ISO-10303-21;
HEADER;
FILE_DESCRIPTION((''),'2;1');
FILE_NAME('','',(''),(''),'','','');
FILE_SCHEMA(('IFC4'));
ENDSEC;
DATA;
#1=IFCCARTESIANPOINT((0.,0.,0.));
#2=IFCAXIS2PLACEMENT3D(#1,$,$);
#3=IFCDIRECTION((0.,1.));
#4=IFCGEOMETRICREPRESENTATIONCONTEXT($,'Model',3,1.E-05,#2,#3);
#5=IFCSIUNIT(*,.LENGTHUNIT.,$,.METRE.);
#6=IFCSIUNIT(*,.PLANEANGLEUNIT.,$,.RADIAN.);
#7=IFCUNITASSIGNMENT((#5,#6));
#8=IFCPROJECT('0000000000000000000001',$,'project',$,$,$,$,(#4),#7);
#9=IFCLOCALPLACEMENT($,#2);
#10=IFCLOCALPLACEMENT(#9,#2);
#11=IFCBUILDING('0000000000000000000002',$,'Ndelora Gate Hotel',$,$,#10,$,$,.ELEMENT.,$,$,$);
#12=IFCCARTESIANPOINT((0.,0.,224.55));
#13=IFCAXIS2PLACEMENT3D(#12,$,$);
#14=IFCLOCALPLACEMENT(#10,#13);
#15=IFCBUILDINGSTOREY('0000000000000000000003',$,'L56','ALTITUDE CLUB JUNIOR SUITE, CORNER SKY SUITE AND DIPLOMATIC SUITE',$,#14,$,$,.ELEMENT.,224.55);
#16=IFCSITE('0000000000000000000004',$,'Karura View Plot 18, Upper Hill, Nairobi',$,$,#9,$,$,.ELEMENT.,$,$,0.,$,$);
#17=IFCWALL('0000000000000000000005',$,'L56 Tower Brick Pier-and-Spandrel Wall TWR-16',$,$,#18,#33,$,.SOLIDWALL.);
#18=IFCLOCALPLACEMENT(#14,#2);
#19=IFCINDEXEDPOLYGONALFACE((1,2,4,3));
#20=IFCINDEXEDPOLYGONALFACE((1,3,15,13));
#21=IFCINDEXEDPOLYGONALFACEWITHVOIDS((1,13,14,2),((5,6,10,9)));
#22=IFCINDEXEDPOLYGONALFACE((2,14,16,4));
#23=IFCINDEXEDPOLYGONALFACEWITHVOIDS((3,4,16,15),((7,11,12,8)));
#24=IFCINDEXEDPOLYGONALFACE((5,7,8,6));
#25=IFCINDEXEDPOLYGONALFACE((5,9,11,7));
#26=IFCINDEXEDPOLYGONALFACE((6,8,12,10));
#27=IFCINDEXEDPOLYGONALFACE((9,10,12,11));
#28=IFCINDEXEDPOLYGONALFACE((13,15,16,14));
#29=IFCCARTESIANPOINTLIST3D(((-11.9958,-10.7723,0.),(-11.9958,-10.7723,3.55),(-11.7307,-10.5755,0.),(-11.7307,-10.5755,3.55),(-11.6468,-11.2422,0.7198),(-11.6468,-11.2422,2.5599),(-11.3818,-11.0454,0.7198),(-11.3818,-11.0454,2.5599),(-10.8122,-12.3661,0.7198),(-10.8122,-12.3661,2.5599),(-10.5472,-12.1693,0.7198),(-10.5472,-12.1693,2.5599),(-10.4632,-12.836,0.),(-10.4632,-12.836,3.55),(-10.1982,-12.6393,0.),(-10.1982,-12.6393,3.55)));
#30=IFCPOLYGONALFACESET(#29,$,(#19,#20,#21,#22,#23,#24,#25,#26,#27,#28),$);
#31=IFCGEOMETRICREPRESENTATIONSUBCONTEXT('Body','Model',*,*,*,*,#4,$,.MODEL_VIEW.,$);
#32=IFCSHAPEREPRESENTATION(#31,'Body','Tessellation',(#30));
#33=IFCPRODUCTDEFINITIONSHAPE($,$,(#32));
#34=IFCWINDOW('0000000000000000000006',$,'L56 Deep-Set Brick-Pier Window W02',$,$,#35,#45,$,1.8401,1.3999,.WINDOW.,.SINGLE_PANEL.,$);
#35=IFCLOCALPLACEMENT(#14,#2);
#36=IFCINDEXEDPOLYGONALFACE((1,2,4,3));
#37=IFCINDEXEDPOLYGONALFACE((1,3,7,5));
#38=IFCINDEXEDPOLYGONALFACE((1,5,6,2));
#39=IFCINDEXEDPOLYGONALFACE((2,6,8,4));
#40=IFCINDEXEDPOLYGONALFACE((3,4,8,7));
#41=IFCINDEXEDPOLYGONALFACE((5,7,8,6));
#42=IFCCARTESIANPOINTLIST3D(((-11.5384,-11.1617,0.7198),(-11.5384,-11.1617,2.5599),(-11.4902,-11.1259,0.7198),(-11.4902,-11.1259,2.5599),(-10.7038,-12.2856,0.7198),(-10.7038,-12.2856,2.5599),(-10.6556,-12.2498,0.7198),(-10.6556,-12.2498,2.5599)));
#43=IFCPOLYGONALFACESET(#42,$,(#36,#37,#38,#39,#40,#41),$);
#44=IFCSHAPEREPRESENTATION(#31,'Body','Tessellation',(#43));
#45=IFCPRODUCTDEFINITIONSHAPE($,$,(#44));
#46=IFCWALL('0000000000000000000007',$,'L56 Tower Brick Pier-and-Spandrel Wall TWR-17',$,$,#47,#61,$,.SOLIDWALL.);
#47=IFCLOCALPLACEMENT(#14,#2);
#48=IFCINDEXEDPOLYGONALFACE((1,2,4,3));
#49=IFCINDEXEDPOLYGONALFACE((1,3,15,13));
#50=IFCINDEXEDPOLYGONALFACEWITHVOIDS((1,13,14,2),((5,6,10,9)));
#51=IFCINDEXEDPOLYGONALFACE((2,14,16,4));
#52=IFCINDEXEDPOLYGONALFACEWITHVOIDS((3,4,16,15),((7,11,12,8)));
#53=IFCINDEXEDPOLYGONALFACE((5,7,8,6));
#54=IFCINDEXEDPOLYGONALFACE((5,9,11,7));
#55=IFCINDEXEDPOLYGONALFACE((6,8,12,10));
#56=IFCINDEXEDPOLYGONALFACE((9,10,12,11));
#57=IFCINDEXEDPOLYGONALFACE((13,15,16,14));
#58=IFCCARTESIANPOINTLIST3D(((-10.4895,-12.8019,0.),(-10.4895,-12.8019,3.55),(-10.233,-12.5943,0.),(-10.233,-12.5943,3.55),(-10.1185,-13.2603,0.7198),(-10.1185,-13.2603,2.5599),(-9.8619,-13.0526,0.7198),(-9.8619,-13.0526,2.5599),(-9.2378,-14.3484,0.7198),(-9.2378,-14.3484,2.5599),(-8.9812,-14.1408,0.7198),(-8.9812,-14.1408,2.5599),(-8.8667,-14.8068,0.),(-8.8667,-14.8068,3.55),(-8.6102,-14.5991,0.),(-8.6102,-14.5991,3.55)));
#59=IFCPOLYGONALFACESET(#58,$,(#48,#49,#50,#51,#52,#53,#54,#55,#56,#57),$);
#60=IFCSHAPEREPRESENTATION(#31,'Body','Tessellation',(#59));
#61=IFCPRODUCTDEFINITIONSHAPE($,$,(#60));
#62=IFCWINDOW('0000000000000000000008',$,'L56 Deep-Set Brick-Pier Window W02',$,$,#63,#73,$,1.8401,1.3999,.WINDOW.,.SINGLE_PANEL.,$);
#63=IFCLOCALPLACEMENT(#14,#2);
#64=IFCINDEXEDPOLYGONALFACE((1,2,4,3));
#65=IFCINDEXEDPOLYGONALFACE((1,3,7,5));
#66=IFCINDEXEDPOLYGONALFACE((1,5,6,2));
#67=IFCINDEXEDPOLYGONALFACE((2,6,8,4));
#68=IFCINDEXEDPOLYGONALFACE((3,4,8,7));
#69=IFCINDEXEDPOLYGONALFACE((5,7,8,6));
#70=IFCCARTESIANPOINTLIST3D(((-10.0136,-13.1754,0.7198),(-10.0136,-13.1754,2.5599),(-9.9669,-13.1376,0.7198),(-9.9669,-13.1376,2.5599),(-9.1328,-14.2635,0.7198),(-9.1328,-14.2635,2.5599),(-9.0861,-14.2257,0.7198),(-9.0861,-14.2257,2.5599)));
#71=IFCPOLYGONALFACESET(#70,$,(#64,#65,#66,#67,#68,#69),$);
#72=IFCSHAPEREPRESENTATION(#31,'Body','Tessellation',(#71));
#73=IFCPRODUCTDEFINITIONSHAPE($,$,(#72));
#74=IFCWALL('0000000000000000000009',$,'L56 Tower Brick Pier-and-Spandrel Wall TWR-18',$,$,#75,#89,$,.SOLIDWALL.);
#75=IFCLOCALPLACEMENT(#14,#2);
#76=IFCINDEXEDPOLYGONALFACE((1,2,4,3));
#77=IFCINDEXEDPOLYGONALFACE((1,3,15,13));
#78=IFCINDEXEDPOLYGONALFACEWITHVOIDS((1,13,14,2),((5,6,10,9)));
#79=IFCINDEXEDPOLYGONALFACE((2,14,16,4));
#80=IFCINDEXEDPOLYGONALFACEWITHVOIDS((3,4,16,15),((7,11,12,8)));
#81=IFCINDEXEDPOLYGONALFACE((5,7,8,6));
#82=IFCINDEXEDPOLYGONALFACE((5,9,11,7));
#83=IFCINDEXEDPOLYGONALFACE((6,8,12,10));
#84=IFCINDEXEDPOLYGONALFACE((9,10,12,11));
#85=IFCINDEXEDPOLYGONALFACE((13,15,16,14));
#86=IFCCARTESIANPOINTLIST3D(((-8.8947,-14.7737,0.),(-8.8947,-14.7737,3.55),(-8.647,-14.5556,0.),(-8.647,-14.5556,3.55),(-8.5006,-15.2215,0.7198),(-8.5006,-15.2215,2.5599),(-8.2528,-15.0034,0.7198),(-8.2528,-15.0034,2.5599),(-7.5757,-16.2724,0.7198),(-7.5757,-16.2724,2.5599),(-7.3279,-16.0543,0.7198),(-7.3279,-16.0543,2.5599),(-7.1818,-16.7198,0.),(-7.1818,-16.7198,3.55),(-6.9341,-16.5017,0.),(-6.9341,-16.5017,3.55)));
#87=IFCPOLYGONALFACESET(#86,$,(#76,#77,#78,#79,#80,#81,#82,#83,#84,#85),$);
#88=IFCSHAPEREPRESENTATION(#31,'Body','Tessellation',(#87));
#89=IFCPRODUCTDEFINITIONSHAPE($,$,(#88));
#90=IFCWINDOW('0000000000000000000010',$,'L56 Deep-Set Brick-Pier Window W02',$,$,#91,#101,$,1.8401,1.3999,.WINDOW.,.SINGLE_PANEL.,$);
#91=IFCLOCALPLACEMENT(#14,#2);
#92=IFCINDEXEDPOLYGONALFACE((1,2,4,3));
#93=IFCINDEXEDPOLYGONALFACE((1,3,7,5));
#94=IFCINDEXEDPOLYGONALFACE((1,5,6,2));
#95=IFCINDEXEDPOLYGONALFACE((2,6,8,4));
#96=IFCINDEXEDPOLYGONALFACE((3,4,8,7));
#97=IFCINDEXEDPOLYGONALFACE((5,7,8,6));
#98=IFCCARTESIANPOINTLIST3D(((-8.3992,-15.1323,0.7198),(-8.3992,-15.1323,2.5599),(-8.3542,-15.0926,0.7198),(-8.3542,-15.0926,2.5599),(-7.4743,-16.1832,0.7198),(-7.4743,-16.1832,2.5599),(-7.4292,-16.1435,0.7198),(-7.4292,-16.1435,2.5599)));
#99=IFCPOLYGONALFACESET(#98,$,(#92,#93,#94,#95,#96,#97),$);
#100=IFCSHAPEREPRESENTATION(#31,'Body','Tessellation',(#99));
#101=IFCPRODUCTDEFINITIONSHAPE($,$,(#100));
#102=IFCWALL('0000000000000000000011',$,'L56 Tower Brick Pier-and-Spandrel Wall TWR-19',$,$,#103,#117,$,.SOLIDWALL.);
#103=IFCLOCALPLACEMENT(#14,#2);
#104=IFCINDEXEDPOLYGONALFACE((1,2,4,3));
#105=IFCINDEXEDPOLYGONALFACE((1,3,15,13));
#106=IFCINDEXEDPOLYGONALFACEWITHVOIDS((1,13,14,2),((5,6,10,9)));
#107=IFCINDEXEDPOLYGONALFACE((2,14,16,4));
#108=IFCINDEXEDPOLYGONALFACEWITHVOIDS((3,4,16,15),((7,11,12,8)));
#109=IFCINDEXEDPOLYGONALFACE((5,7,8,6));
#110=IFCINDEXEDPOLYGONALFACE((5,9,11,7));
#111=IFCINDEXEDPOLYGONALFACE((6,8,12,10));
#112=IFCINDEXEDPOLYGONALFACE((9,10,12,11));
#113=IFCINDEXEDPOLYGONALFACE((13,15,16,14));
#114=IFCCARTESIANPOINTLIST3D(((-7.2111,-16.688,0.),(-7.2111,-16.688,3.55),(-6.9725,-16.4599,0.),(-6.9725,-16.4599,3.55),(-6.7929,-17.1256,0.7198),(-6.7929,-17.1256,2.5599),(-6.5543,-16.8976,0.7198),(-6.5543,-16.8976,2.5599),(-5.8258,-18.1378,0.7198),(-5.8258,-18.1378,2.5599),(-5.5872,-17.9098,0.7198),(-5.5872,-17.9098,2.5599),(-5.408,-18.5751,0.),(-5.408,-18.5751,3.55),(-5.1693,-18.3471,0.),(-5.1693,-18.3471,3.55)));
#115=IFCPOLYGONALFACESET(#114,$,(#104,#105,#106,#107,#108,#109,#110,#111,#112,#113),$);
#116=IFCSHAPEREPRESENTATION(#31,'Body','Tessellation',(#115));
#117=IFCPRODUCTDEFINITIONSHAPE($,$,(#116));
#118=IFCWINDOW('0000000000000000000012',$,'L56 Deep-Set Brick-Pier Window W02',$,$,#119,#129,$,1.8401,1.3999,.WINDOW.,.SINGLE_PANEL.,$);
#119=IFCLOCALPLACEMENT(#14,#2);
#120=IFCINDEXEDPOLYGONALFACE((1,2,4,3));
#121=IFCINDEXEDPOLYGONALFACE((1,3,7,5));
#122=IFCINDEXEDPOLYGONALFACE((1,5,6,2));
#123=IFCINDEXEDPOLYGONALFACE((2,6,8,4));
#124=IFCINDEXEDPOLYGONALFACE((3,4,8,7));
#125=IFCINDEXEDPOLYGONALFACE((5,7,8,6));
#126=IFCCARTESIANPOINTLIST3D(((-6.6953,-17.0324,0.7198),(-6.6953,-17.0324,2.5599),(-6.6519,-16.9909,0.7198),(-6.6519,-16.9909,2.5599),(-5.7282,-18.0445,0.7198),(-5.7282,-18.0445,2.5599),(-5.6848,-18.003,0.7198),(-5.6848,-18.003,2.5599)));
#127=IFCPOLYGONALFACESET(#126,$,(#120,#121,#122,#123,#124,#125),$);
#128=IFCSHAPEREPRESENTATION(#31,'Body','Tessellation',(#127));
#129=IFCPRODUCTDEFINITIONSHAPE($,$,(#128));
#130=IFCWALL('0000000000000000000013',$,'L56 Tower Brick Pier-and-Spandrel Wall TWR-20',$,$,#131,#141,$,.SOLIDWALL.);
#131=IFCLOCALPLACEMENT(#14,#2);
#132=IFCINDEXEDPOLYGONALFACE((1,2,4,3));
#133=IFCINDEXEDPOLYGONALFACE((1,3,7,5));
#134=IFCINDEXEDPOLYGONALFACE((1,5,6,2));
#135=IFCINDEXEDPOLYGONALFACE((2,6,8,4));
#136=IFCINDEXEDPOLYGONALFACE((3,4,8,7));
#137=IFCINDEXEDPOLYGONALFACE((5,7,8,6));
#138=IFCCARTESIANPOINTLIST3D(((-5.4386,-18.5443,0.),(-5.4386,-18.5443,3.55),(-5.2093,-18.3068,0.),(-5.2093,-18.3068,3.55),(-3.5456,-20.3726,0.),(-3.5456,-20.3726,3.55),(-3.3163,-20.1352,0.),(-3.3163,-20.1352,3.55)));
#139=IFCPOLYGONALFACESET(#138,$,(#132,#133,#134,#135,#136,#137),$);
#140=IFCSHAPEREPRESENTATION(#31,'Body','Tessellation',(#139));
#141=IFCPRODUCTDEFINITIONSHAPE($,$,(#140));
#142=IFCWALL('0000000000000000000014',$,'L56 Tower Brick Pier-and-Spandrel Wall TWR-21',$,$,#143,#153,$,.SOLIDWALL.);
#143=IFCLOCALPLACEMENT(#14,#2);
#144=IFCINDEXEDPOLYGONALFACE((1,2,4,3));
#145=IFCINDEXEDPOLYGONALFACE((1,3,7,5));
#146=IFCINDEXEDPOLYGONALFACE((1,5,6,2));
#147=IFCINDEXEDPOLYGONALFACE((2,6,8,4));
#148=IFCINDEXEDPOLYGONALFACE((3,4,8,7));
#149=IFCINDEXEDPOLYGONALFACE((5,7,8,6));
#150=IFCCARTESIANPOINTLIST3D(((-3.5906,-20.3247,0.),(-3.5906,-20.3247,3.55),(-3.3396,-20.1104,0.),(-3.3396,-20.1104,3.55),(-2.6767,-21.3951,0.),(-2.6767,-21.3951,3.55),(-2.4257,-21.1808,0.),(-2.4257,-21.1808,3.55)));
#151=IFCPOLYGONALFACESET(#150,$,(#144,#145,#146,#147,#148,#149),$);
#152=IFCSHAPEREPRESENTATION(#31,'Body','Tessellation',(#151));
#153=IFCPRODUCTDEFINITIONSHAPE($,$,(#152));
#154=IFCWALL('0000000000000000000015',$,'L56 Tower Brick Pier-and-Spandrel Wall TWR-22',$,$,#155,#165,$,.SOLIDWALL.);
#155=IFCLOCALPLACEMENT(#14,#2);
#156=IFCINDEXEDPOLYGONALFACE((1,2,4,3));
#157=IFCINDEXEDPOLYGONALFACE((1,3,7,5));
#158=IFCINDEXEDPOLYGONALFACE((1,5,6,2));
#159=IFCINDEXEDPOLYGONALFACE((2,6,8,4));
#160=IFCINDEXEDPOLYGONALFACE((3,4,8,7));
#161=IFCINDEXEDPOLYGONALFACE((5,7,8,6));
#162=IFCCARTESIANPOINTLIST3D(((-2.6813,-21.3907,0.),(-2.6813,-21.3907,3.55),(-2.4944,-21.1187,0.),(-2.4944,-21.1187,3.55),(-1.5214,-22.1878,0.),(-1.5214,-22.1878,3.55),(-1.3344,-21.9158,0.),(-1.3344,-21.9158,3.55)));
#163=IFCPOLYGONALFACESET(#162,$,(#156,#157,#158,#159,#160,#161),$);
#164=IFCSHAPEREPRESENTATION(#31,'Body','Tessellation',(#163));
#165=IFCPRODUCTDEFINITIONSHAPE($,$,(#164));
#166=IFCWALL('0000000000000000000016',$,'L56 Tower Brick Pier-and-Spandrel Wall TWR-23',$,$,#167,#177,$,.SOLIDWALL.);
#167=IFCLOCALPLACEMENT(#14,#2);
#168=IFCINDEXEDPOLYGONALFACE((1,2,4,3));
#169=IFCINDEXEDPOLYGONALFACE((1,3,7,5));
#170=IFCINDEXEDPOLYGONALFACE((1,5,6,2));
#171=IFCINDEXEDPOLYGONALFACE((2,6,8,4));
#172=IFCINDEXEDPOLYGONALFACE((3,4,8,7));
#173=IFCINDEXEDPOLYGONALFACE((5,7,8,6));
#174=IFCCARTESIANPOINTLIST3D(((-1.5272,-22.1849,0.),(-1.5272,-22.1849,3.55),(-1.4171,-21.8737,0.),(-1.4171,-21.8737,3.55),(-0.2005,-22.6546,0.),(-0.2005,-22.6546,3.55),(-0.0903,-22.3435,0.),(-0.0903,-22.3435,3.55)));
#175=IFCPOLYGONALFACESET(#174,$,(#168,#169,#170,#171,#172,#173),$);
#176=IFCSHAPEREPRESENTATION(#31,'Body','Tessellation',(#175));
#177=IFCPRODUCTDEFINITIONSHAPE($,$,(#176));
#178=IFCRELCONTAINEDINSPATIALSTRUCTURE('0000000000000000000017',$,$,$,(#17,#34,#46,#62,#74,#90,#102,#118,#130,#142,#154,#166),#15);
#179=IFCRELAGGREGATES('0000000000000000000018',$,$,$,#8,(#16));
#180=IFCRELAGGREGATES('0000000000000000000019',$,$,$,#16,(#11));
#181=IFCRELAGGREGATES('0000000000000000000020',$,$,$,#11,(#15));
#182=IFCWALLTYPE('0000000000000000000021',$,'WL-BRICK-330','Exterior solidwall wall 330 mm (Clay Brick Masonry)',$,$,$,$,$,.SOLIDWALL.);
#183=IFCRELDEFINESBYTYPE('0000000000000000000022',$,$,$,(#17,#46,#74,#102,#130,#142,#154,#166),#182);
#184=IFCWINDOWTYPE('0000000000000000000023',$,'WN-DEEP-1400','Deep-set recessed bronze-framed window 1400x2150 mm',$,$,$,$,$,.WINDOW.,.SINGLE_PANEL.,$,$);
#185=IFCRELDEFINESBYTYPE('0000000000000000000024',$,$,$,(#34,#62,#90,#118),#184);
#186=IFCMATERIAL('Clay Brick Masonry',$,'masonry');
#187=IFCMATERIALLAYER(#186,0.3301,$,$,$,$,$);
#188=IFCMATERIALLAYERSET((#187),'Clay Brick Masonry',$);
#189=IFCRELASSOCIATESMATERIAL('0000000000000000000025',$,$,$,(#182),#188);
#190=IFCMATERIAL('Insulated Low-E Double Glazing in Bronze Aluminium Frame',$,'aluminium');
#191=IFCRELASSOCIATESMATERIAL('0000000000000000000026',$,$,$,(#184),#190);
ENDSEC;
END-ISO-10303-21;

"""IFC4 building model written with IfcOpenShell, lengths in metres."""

from ifc_helpers import new_model, si_unit, direction, frame, frame_2d, origin, place, context, subcontext, project, spatial, rectangle, extrude, material, layer, layer_set, type_object, element, fill, save


model = new_model("IFC4")

# Units and contexts
model_context = context("Model", 3, precision=1e-05, world=origin(), true_north=direction((0.0, 1.0)))
body_context = subcontext(model_context, "Body", "Model", "MODEL_VIEW")
ifc_project = project(units=[si_unit("LENGTHUNIT", "METRE"), si_unit("PLANEANGLEUNIT", "RADIAN")], contexts=[model_context])

# Site, building, storey
site_placement = place(None, origin())
site = spatial("IfcSite", under=ifc_project, at=site_placement, Name="Karura View Plot 18, Upper Hill, Nairobi", CompositionType="ELEMENT", RefElevation=0.0)
building_placement = place(site_placement, origin())
building = spatial("IfcBuilding", under=site, at=building_placement, Name="Ndelora Gate Hotel", CompositionType="ELEMENT")
storey_placement = place(building_placement, frame((0.0, 0.0, 224.55)))
storey = spatial("IfcBuildingStorey", under=building, at=storey_placement, Name="L56", Description="ALTITUDE CLUB JUNIOR SUITE, CORNER SKY SUITE AND DIPLOMATIC SUITE", CompositionType="ELEMENT", Elevation=224.55)

# Shared definitions
ifc_material_1 = material(Name="Clay Brick Masonry", Category="masonry")
ifc_layer_1 = layer(ifc_material_1, 0.3301)
ifc_layer_set_1 = layer_set([ifc_layer_1], Name="Clay Brick Masonry")
wall_type_1 = type_object("IfcWallType", Name="WL-BRICK-330", Description="Exterior solidwall wall 330 mm (Clay Brick Masonry)", PredefinedType="SOLIDWALL", material=ifc_layer_set_1)

# Walls, openings, windows
wall_1_placement = place(storey_placement, frame((-10.3308, -12.7375, 0.0), z_axis=(0.0, 0.0, 1.0), x_axis=(-0.596179, 0.802852, 0.0)))
wall_1 = element("IfcWall", 1, at=wall_1_placement, inside=storey, type_object=wall_type_1, Name="L56 Tower Brick Pier-and-Spandrel Wall TWR-16", PredefinedType="SOLIDWALL", context=body_context, shape_type="SweptSolid", body=[
    extrude(rectangle(XDim=2.5706, YDim=0.3301, at=frame_2d((1.2852, 0.0))), origin(), (0.0, 0.0, 1.0), 3.55),
])
opening_1_placement = place(wall_1_placement, frame((0.5852, 0.0, 0.72)))
opening_1 = element("IfcOpeningElement", 2, at=opening_1_placement, cuts=wall_1, PredefinedType="OPENING", context=body_context, shape_type="SweptSolid", body=[
    extrude(rectangle(XDim=1.3999, YDim=1.8401, at=frame_2d((0.7, 0.9199))), frame((0.0, 0.175, 0.0), z_axis=(0.0, -1.0, 0.0), x_axis=(1.0, 0.0, 0.0)), (0.0, 0.0, 1.0), 0.3501),
])
ifc_material_2 = material(Name="Insulated Low-E Double Glazing in Bronze Aluminium Frame", Category="aluminium")
window_type = type_object("IfcWindowType", Name="WN-DEEP-1400", Description="Deep-set recessed bronze-framed window 1400x2150 mm", PartitioningType="SINGLE_PANEL", PredefinedType="WINDOW", material=ifc_material_2)
window_1_placement = place(opening_1_placement, origin())
window_1 = element("IfcWindow", 3, at=window_1_placement, inside=storey, type_object=window_type, Name="L56 Deep-Set Brick-Pier Window W02", OverallHeight=1.8401, OverallWidth=1.3999, PartitioningType="SINGLE_PANEL", PredefinedType="WINDOW", context=body_context, shape_type="SweptSolid", body=[
    extrude(rectangle(XDim=1.3999, YDim=1.8401, at=frame_2d((0.7, 0.9199))), frame((0.0, 0.03, 0.0), z_axis=(0.0, -1.0, 0.0), x_axis=(1.0, 0.0, 0.0)), (0.0, 0.0, 1.0), 0.0601),
])
fill(opening_1, window_1)
wall_2_placement = place(storey_placement, frame((-8.7385, -14.7029, 0.0), z_axis=(0.0, 0.0, 1.0), x_axis=(-0.629152, 0.777282, 0.0)))
wall_2 = element("IfcWall", 4, at=wall_2_placement, inside=storey, type_object=wall_type_1, Name="L56 Tower Brick Pier-and-Spandrel Wall TWR-17", PredefinedType="SOLIDWALL", context=body_context, shape_type="SweptSolid", body=[
    extrude(rectangle(XDim=2.5793, YDim=0.3301, at=frame_2d((1.2896, 0.0))), origin(), (0.0, 0.0, 1.0), 3.55),
])
opening_2_placement = place(wall_2_placement, frame((0.5896, 0.0, 0.72)))
opening_2 = element("IfcOpeningElement", 5, at=opening_2_placement, cuts=wall_2, PredefinedType="OPENING", context=body_context, shape_type="SweptSolid", body=[
    extrude(rectangle(XDim=1.3999, YDim=1.8401, at=frame_2d((0.7, 0.9199))), frame((0.0, 0.175, 0.0), z_axis=(0.0, -1.0, 0.0), x_axis=(1.0, 0.0, 0.0)), (0.0, 0.0, 1.0), 0.3501),
])
window_2_placement = place(opening_2_placement, origin())
window_2 = element("IfcWindow", 6, at=window_2_placement, inside=storey, type_object=window_type, Name="L56 Deep-Set Brick-Pier Window W02", OverallHeight=1.8401, OverallWidth=1.3999, PartitioningType="SINGLE_PANEL", PredefinedType="WINDOW", context=body_context, shape_type="SweptSolid", body=[
    extrude(rectangle(XDim=1.3999, YDim=1.8401, at=frame_2d((0.7, 0.9199))), frame((0.0, 0.03, 0.0), z_axis=(0.0, -1.0, 0.0), x_axis=(1.0, 0.0, 0.0)), (0.0, 0.0, 1.0), 0.0601),
])
fill(opening_2, window_2)
wall_3_placement = place(storey_placement, frame((-7.0579, -16.6108, 0.0), z_axis=(0.0, 0.0, 1.0), x_axis=(-0.660709, 0.750643, 0.0)))
wall_3 = element("IfcWall", 7, at=wall_3_placement, inside=storey, type_object=wall_type_1, Name="L56 Tower Brick Pier-and-Spandrel Wall TWR-18", PredefinedType="SOLIDWALL", context=body_context, shape_type="SweptSolid", body=[
    extrude(rectangle(XDim=2.5925, YDim=0.3301, at=frame_2d((1.2964, 0.0))), origin(), (0.0, 0.0, 1.0), 3.55),
])
opening_3_placement = place(wall_3_placement, frame((0.5962, 0.0, 0.72)))
opening_3 = element("IfcOpeningElement", 8, at=opening_3_placement, cuts=wall_3, PredefinedType="OPENING", context=body_context, shape_type="SweptSolid", body=[
    extrude(rectangle(XDim=1.3999, YDim=1.8401, at=frame_2d((0.7, 0.9199))), frame((0.0, 0.175, 0.0), z_axis=(0.0, -1.0, 0.0), x_axis=(1.0, 0.0, 0.0)), (0.0, 0.0, 1.0), 0.3501),
])
window_3_placement = place(opening_3_placement, origin())
window_3 = element("IfcWindow", 9, at=window_3_placement, inside=storey, type_object=window_type, Name="L56 Deep-Set Brick-Pier Window W02", OverallHeight=1.8401, OverallWidth=1.3999, PartitioningType="SINGLE_PANEL", PredefinedType="WINDOW", context=body_context, shape_type="SweptSolid", body=[
    extrude(rectangle(XDim=1.3999, YDim=1.8401, at=frame_2d((0.7, 0.9199))), frame((0.0, 0.03, 0.0), z_axis=(0.0, -1.0, 0.0), x_axis=(1.0, 0.0, 0.0)), (0.0, 0.0, 1.0), 0.0601),
])
fill(opening_3, window_3)
wall_4_placement = place(storey_placement, frame((-5.2886, -18.4612, 0.0), z_axis=(0.0, 0.0, 1.0), x_axis=(-0.690836, 0.723011, 0.0)))
wall_4 = element("IfcWall", 10, at=wall_4_placement, inside=storey, type_object=wall_type_1, Name="L56 Tower Brick Pier-and-Spandrel Wall TWR-19", PredefinedType="SOLIDWALL", context=body_context, shape_type="SweptSolid", body=[
    extrude(rectangle(XDim=2.6101, YDim=0.3301, at=frame_2d((1.3052, 0.0))), origin(), (0.0, 0.0, 1.0), 3.55),
])
opening_4_placement = place(wall_4_placement, frame((0.605, 0.0, 0.72)))
opening_4 = element("IfcOpeningElement", 11, at=opening_4_placement, cuts=wall_4, PredefinedType="OPENING", context=body_context, shape_type="SweptSolid", body=[
    extrude(rectangle(XDim=1.3999, YDim=1.8401, at=frame_2d((0.7, 0.9199))), frame((0.0, 0.175, 0.0), z_axis=(0.0, -1.0, 0.0), x_axis=(1.0, 0.0, 0.0)), (0.0, 0.0, 1.0), 0.3501),
])
window_4_placement = place(opening_4_placement, origin())
window_4 = element("IfcWindow", 12, at=window_4_placement, inside=storey, type_object=window_type, Name="L56 Deep-Set Brick-Pier Window W02", OverallHeight=1.8401, OverallWidth=1.3999, PartitioningType="SINGLE_PANEL", PredefinedType="WINDOW", context=body_context, shape_type="SweptSolid", body=[
    extrude(rectangle(XDim=1.3999, YDim=1.8401, at=frame_2d((0.7, 0.9199))), frame((0.0, 0.03, 0.0), z_axis=(0.0, -1.0, 0.0), x_axis=(1.0, 0.0, 0.0)), (0.0, 0.0, 1.0), 0.0601),
])
fill(opening_4, window_4)

# Walls
wall_5_placement = place(storey_placement, frame((-3.4309, -20.2539, 0.0), z_axis=(0.0, 0.0, 1.0), x_axis=(-0.719291, 0.694709, 0.0)))
element("IfcWall", 13, at=wall_5_placement, inside=storey, type_object=wall_type_1, Name="L56 Tower Brick Pier-and-Spandrel Wall TWR-20", PredefinedType="SOLIDWALL", context=body_context, shape_type="SweptSolid", body=[
    extrude(rectangle(XDim=2.6318, YDim=0.3301, at=frame_2d((1.3159, 0.0))), origin(), (0.0, 0.0, 1.0), 3.55),
])
for number, where, z_axis, x_axis, name in (
    (14, (-2.5513, -21.2878, 0.0), (0.0, 0.0, 1.0), (-0.649319, 0.760516, 0.0), "L56 Tower Brick Pier-and-Spandrel Wall TWR-21"),
    (15, (-1.428, -22.0518, 0.0), (0.0, 0.0, 1.0), (-0.824148, 0.566374, 0.0), "L56 Tower Brick Pier-and-Spandrel Wall TWR-22"),
    (16, (-0.1455, -22.499, 0.0), (0.0, 0.0, 1.0), (-0.942657, 0.333764, 0.0), "L56 Tower Brick Pier-and-Spandrel Wall TWR-23"),
):
    element("IfcWall", number, at=place(storey_placement, frame(where, z_axis=z_axis, x_axis=x_axis)), inside=storey, type_object=wall_type_1, Name=name, PredefinedType="SOLIDWALL", context=body_context, shape_type="SweptSolid", body=[
        extrude(rectangle(XDim=1.4075, YDim=0.3301, at=frame_2d((0.7036, 0.0))), origin(), (0.0, 0.0, 1.0), 3.55),
    ])

save(model, "model.ifc")
